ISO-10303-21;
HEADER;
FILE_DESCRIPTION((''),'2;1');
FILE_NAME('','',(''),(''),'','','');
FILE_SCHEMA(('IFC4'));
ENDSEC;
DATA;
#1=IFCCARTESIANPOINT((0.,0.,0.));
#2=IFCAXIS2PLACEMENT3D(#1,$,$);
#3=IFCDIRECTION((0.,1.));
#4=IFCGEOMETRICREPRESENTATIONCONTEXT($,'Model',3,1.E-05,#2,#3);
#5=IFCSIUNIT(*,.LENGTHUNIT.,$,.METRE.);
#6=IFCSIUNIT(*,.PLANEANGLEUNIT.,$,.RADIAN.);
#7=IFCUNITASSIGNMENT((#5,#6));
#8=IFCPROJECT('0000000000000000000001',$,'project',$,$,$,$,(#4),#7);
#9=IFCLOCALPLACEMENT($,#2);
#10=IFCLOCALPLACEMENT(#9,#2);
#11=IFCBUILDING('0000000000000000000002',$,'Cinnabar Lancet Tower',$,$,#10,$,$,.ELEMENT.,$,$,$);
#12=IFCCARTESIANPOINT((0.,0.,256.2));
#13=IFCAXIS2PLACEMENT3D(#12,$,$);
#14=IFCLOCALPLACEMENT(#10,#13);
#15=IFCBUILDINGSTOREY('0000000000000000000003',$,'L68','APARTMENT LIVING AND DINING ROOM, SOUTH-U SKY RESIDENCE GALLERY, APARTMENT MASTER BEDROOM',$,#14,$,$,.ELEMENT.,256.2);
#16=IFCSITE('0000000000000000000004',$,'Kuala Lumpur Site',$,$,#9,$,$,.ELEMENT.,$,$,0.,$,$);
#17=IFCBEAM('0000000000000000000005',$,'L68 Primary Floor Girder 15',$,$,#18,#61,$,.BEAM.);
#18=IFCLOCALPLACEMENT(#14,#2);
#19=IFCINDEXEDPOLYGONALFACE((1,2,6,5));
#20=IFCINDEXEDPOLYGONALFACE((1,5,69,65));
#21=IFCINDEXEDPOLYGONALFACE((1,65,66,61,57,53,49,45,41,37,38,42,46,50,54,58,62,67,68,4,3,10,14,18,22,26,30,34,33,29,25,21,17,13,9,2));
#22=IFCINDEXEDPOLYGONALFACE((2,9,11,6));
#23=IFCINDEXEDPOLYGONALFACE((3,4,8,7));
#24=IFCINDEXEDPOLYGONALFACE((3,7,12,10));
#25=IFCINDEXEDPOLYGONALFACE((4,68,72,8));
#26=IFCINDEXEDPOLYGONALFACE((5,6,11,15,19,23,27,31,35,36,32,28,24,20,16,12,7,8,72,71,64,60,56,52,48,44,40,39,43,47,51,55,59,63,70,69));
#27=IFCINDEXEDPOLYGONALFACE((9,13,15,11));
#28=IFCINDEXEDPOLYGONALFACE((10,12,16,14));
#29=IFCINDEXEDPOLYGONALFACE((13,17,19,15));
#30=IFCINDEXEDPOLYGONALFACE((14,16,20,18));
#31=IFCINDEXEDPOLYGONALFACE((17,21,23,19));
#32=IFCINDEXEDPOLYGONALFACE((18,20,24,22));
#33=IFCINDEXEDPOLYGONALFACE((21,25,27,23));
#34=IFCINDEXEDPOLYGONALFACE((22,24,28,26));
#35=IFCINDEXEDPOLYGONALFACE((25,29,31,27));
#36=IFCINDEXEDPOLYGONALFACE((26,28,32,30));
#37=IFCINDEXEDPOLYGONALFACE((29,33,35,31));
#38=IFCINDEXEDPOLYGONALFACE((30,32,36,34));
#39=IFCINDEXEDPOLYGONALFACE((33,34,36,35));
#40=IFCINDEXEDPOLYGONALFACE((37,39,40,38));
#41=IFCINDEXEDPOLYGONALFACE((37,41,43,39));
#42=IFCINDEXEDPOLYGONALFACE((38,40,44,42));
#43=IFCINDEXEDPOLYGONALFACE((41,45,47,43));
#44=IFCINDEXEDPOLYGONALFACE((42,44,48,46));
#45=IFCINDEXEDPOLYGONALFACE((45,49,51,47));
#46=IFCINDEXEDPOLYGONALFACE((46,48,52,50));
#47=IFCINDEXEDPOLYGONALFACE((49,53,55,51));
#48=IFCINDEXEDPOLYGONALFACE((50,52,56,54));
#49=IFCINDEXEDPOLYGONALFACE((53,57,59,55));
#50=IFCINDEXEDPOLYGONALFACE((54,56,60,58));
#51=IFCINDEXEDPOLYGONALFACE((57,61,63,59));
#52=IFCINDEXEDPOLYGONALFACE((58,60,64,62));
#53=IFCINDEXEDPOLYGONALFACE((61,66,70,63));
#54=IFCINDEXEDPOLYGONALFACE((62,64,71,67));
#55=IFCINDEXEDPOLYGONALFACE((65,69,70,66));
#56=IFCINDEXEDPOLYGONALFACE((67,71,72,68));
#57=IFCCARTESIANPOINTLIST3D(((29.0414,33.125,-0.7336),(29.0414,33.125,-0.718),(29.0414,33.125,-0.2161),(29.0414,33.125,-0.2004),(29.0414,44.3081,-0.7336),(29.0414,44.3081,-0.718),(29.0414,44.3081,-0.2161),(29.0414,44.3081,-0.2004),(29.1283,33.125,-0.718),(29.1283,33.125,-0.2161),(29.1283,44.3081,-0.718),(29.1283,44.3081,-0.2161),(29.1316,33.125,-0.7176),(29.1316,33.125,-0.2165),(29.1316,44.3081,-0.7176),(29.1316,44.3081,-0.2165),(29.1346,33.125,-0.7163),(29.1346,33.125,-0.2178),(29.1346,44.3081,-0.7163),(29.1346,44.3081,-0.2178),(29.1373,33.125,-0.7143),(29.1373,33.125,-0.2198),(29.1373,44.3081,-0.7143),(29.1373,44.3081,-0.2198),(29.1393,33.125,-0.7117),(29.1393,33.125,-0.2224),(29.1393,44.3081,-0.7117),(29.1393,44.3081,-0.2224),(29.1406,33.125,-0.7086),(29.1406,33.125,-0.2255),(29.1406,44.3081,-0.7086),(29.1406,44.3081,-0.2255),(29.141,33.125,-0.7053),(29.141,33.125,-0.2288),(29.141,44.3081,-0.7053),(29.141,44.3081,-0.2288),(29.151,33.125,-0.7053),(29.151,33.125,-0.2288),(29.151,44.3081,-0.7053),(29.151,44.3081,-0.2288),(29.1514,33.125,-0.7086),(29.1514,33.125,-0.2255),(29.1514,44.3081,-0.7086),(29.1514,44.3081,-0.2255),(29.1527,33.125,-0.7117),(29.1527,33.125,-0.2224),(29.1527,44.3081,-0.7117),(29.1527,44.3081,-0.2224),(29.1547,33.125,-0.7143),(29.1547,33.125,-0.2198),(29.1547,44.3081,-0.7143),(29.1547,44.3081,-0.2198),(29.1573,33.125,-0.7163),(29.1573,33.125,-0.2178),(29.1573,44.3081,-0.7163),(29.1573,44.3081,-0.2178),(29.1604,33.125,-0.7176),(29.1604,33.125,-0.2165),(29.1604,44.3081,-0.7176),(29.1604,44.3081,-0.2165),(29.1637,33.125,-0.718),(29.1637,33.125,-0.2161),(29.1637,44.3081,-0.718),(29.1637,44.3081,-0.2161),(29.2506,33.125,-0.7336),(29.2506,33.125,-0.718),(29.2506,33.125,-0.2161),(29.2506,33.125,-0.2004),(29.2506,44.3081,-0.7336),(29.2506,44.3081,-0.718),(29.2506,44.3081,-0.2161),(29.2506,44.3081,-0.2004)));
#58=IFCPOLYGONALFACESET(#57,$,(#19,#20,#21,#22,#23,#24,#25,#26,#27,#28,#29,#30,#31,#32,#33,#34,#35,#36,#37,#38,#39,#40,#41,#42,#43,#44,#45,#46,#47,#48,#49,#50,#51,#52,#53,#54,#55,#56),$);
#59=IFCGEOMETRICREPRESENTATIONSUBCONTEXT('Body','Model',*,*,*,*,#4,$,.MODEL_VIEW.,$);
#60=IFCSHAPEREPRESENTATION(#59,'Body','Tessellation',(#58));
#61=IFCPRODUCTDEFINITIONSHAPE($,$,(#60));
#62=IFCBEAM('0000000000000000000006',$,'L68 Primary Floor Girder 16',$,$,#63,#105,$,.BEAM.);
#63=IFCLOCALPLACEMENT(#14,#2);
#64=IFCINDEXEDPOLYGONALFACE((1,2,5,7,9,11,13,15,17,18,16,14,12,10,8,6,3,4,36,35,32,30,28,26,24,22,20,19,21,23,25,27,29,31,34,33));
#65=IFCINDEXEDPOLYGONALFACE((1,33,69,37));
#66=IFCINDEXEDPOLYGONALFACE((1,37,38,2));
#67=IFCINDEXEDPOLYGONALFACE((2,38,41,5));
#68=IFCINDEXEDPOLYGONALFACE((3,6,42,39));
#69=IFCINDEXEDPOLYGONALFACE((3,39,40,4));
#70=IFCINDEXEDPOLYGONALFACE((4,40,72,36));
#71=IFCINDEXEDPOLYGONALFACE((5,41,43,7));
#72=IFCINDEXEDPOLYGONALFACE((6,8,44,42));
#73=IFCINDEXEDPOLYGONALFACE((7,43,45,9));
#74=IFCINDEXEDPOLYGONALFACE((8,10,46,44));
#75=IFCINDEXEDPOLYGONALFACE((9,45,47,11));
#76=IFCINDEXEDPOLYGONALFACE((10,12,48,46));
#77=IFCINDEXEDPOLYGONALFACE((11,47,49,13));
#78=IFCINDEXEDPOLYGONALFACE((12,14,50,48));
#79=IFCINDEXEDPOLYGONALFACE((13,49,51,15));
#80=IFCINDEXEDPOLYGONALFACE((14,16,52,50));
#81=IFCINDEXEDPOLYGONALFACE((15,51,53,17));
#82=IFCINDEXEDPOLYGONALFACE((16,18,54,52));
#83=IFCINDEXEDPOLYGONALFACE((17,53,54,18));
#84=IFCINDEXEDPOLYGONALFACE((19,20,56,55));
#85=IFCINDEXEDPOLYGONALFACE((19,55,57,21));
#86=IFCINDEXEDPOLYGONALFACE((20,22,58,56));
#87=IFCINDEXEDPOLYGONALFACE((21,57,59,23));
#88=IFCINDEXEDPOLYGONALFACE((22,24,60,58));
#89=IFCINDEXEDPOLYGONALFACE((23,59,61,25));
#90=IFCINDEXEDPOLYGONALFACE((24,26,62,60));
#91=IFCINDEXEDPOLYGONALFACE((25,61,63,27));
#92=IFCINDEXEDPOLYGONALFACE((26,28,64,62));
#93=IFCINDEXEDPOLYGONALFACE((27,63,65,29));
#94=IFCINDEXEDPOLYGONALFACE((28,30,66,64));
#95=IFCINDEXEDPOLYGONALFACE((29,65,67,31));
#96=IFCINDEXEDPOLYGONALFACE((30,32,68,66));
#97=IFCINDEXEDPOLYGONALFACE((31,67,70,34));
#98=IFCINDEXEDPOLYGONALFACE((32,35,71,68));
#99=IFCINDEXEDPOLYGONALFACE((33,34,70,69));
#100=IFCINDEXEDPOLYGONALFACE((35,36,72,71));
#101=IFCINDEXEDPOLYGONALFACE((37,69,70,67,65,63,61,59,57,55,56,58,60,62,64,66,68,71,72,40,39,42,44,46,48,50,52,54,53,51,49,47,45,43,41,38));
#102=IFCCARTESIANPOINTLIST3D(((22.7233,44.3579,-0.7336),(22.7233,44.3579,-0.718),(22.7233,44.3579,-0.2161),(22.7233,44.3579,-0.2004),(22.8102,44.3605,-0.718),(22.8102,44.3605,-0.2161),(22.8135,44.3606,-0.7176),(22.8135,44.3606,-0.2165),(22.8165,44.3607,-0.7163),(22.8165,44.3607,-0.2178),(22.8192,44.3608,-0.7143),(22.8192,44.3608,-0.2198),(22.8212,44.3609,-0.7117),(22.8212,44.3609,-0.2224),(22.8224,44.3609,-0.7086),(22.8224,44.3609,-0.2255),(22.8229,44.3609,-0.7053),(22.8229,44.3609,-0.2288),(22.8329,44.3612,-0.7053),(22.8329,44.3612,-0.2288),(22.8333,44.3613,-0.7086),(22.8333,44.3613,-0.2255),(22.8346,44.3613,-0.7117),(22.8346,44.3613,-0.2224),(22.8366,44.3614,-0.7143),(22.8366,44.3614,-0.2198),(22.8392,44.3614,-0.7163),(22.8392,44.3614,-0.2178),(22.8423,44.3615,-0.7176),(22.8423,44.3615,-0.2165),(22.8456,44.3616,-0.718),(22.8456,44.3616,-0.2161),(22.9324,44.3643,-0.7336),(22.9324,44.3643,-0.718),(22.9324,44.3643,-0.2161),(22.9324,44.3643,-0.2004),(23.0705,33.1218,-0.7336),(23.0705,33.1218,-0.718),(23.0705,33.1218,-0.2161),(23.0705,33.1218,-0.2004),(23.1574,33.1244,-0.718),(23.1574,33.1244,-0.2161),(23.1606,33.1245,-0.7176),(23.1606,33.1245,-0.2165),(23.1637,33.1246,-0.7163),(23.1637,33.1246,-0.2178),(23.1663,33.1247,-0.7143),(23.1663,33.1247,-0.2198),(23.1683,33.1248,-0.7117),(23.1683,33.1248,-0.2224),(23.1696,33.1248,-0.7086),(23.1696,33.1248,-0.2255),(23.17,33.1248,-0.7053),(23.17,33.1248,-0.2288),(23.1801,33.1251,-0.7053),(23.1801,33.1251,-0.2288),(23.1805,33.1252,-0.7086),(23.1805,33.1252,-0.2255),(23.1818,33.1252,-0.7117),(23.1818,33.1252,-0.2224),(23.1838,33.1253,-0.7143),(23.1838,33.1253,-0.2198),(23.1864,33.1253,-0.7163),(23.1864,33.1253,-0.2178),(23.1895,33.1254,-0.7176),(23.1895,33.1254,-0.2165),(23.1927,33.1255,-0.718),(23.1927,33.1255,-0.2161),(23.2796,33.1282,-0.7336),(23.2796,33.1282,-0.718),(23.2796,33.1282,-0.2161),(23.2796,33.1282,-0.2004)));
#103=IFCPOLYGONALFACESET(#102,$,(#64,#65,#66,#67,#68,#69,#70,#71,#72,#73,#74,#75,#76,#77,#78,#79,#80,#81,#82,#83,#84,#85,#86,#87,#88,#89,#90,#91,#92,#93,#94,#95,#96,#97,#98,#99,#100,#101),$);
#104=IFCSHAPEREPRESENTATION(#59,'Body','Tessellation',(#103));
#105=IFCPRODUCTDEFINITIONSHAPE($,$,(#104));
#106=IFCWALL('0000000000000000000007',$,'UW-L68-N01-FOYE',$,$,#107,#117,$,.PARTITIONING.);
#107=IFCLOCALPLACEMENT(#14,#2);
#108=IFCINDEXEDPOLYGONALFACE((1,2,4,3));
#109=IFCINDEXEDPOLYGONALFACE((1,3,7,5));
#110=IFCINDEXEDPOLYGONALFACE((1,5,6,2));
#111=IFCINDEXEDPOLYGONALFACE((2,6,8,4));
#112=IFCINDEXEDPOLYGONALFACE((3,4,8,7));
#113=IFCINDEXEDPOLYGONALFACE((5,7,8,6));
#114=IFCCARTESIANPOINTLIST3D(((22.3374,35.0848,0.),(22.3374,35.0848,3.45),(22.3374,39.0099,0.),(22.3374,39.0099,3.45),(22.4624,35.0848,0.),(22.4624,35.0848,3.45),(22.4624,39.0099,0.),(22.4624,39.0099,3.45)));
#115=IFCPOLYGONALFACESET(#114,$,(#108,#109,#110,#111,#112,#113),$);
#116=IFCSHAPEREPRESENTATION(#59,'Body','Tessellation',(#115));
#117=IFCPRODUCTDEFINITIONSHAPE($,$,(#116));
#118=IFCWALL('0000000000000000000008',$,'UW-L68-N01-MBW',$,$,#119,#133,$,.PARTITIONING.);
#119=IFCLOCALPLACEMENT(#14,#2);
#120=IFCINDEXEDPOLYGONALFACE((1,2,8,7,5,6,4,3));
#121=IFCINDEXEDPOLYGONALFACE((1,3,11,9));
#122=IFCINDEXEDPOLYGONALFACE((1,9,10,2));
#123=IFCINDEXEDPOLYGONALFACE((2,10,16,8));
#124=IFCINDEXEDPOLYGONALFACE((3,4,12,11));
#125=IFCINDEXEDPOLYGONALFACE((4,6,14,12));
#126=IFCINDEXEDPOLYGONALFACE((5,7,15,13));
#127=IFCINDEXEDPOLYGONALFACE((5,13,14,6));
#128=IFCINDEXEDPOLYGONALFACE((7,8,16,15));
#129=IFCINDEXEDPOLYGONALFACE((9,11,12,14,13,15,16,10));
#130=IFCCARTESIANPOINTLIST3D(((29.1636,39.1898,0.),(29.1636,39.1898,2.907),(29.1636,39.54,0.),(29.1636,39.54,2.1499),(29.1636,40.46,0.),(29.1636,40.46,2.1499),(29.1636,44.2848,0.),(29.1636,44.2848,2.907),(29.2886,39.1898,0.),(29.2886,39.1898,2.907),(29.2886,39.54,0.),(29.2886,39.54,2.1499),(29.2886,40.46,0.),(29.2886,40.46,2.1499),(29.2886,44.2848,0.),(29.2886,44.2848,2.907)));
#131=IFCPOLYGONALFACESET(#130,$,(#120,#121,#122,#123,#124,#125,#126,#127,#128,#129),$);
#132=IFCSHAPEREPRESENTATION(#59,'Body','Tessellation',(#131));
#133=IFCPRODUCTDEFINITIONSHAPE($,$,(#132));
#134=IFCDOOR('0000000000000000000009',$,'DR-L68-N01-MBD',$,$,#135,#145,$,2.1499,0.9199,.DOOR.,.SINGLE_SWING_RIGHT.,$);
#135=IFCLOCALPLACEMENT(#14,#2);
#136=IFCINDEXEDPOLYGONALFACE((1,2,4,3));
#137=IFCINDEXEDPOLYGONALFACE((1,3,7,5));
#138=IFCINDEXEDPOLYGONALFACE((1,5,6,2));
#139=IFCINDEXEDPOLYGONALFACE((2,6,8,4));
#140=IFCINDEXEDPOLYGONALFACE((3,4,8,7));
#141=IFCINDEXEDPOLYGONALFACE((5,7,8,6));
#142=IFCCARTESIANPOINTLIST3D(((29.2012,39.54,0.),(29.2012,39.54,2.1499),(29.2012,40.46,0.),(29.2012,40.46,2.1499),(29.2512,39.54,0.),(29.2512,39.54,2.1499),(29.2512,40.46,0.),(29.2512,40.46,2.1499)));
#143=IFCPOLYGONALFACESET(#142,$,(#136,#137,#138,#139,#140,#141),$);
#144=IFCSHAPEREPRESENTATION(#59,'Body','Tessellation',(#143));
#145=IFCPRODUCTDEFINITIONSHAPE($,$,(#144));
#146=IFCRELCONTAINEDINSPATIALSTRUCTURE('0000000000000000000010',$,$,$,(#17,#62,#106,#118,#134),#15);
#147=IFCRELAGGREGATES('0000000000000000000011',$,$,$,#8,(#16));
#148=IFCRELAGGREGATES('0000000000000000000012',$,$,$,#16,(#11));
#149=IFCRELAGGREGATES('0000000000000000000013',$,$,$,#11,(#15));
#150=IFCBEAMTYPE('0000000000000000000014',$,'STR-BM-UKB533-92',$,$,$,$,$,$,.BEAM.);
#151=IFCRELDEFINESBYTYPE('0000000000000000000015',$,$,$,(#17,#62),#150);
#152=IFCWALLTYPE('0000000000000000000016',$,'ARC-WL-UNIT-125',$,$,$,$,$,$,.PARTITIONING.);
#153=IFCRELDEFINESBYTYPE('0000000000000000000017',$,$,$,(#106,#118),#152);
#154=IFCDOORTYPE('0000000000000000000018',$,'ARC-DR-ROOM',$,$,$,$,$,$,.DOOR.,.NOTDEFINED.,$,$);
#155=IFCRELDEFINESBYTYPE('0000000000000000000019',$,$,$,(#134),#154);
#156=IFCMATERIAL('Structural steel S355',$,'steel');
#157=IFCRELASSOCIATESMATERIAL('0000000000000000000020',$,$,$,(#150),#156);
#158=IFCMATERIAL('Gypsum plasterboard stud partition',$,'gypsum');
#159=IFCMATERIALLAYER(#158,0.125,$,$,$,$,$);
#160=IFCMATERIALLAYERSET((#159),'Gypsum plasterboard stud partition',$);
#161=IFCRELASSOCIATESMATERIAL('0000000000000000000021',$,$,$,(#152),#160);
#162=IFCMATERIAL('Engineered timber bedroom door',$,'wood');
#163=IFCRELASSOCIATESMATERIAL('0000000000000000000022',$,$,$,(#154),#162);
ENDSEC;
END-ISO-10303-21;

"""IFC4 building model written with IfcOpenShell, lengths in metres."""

from ifc_helpers import new_model, si_unit, direction, frame, frame_2d, origin, origin_2d, place, context, subcontext, project, spatial, rectangle, i_section, extrude, material, layer, layer_set, material_profile, profile_set, type_object, element, fill, save


model = new_model("IFC4")

# Units and contexts
model_context = context("Model", 3, precision=1e-05, world=origin(), true_north=direction((0.0, 1.0)))
body_context = subcontext(model_context, "Body", "Model", "MODEL_VIEW")
ifc_project = project(units=[si_unit("LENGTHUNIT", "METRE"), si_unit("PLANEANGLEUNIT", "RADIAN")], contexts=[model_context])

# Site, building, storey
site_placement = place(None, origin())
site = spatial("IfcSite", under=ifc_project, at=site_placement, Name="Kuala Lumpur Site", CompositionType="ELEMENT", RefElevation=0.0)
building_placement = place(site_placement, origin())
building = spatial("IfcBuilding", under=site, at=building_placement, Name="Cinnabar Lancet Tower", CompositionType="ELEMENT")
storey_placement = place(building_placement, frame((0.0, 0.0, 256.2)))
storey = spatial("IfcBuildingStorey", under=building, at=storey_placement, Name="L68", Description="APARTMENT LIVING AND DINING ROOM, SOUTH-U SKY RESIDENCE GALLERY, APARTMENT MASTER BEDROOM", CompositionType="ELEMENT", Elevation=256.2)

# Beams
ifc_material_1 = material(Name="Structural steel S355", Category="steel")
ifc_material_profile_1 = material_profile(ifc_material_1, i_section(OverallWidth=0.2092, OverallDepth=0.5332, WebThickness=0.01, FlangeThickness=0.0156, FilletRadius=0.0127, at=origin_2d()), Name="UKB 533x210x92")
ifc_profile_set_1 = profile_set([ifc_material_profile_1], Name="Structural steel S355")
beam_type_1 = type_object("IfcBeamType", Name="STR-BM-UKB533-92", PredefinedType="BEAM", material=ifc_profile_set_1)
beam_1_placement = place(storey_placement, frame((29.146, 44.3081, -0.467), z_axis=(0.0, -1.0, 0.0), x_axis=(1.0, 0.0, 0.0)))
element("IfcBeam", 1, at=beam_1_placement, inside=storey, type_object=beam_type_1, Name="L68 Primary Floor Girder 15", PredefinedType="BEAM", context=body_context, shape_type="SweptSolid", body=[
    extrude(i_section(OverallWidth=0.2092, OverallDepth=0.5332, WebThickness=0.01, FlangeThickness=0.0156, FilletRadius=0.0127, at=origin_2d()), origin(), (0.0, 0.0, 1.0), 11.1831),
])
beam_2_placement = place(storey_placement, frame((22.8279, 44.3611, -0.467), z_axis=(0.030883, -0.999523, 0.0), x_axis=(0.999523, 0.030883, 0.0)))
element("IfcBeam", 2, at=beam_2_placement, inside=storey, type_object=beam_type_1, Name="L68 Primary Floor Girder 16", PredefinedType="BEAM", context=body_context, shape_type="SweptSolid", body=[
    extrude(i_section(OverallWidth=0.2092, OverallDepth=0.5332, WebThickness=0.01, FlangeThickness=0.0156, FilletRadius=0.0127, at=origin_2d()), origin(), (0.0, 0.0, 1.0), 11.2415),
])

# Wall
ifc_material_2 = material(Name="Gypsum plasterboard stud partition", Category="gypsum")
ifc_layer_1 = layer(ifc_material_2, 0.125)
ifc_layer_set_1 = layer_set([ifc_layer_1], Name="Gypsum plasterboard stud partition")
wall_type_1 = type_object("IfcWallType", Name="ARC-WL-UNIT-125", PredefinedType="PARTITIONING", material=ifc_layer_set_1)
wall_1_placement = place(storey_placement, frame((22.3999, 35.085, 0.0), z_axis=(0.0, 0.0, 1.0), x_axis=(0.0, 1.0, 0.0)))
element("IfcWall", 3, at=wall_1_placement, inside=storey, type_object=wall_type_1, Name="UW-L68-N01-FOYE", PredefinedType="PARTITIONING", context=body_context, shape_type="SweptSolid", body=[
    extrude(rectangle(XDim=3.925, YDim=0.125, at=frame_2d((1.9624, 0.0))), origin(), (0.0, 0.0, 1.0), 3.45),
])

# Wall, opening, door
wall_2_placement = place(storey_placement, frame((29.2261, 39.1899, 0.0), z_axis=(0.0, 0.0, 1.0), x_axis=(0.0, 1.0, 0.0)))
wall_2 = element("IfcWall", 4, at=wall_2_placement, inside=storey, type_object=wall_type_1, Name="UW-L68-N01-MBW", PredefinedType="PARTITIONING", context=body_context, shape_type="SweptSolid", body=[
    extrude(rectangle(XDim=5.095, YDim=0.125, at=frame_2d((2.5474, 0.0))), origin(), (0.0, 0.0, 1.0), 2.907),
])
opening_1_placement = place(wall_2_placement, frame((0.3501, 0.0, 0.0)))
opening_1 = element("IfcOpeningElement", 5, at=opening_1_placement, cuts=wall_2, PredefinedType="OPENING", context=body_context, shape_type="SweptSolid", body=[
    extrude(rectangle(XDim=0.9199, YDim=2.1499, at=frame_2d((0.46, 1.075))), frame((0.0, 0.0725, 0.0), z_axis=(0.0, -1.0, 0.0), x_axis=(1.0, 0.0, 0.0)), (0.0, 0.0, 1.0), 0.145),
])
ifc_material_3 = material(Name="Engineered timber bedroom door", Category="wood")
door_type_1 = type_object("IfcDoorType", Name="ARC-DR-ROOM", OperationType="NOTDEFINED", PredefinedType="DOOR", material=ifc_material_3)
door_1_placement = place(opening_1_placement, origin())
door_1 = element("IfcDoor", 6, at=door_1_placement, inside=storey, type_object=door_type_1, Name="DR-L68-N01-MBD", OperationType="SINGLE_SWING_RIGHT", OverallHeight=2.1499, OverallWidth=0.9199, PredefinedType="DOOR", context=body_context, shape_type="SweptSolid", body=[
    extrude(rectangle(XDim=0.9199, YDim=2.1499, at=frame_2d((0.46, 1.075))), frame((0.0, 0.0249, 0.0), z_axis=(0.0, -1.0, 0.0), x_axis=(1.0, 0.0, 0.0)), (0.0, 0.0, 1.0), 0.05),
])
fill(opening_1, door_1)

save(model, "model.ifc")
